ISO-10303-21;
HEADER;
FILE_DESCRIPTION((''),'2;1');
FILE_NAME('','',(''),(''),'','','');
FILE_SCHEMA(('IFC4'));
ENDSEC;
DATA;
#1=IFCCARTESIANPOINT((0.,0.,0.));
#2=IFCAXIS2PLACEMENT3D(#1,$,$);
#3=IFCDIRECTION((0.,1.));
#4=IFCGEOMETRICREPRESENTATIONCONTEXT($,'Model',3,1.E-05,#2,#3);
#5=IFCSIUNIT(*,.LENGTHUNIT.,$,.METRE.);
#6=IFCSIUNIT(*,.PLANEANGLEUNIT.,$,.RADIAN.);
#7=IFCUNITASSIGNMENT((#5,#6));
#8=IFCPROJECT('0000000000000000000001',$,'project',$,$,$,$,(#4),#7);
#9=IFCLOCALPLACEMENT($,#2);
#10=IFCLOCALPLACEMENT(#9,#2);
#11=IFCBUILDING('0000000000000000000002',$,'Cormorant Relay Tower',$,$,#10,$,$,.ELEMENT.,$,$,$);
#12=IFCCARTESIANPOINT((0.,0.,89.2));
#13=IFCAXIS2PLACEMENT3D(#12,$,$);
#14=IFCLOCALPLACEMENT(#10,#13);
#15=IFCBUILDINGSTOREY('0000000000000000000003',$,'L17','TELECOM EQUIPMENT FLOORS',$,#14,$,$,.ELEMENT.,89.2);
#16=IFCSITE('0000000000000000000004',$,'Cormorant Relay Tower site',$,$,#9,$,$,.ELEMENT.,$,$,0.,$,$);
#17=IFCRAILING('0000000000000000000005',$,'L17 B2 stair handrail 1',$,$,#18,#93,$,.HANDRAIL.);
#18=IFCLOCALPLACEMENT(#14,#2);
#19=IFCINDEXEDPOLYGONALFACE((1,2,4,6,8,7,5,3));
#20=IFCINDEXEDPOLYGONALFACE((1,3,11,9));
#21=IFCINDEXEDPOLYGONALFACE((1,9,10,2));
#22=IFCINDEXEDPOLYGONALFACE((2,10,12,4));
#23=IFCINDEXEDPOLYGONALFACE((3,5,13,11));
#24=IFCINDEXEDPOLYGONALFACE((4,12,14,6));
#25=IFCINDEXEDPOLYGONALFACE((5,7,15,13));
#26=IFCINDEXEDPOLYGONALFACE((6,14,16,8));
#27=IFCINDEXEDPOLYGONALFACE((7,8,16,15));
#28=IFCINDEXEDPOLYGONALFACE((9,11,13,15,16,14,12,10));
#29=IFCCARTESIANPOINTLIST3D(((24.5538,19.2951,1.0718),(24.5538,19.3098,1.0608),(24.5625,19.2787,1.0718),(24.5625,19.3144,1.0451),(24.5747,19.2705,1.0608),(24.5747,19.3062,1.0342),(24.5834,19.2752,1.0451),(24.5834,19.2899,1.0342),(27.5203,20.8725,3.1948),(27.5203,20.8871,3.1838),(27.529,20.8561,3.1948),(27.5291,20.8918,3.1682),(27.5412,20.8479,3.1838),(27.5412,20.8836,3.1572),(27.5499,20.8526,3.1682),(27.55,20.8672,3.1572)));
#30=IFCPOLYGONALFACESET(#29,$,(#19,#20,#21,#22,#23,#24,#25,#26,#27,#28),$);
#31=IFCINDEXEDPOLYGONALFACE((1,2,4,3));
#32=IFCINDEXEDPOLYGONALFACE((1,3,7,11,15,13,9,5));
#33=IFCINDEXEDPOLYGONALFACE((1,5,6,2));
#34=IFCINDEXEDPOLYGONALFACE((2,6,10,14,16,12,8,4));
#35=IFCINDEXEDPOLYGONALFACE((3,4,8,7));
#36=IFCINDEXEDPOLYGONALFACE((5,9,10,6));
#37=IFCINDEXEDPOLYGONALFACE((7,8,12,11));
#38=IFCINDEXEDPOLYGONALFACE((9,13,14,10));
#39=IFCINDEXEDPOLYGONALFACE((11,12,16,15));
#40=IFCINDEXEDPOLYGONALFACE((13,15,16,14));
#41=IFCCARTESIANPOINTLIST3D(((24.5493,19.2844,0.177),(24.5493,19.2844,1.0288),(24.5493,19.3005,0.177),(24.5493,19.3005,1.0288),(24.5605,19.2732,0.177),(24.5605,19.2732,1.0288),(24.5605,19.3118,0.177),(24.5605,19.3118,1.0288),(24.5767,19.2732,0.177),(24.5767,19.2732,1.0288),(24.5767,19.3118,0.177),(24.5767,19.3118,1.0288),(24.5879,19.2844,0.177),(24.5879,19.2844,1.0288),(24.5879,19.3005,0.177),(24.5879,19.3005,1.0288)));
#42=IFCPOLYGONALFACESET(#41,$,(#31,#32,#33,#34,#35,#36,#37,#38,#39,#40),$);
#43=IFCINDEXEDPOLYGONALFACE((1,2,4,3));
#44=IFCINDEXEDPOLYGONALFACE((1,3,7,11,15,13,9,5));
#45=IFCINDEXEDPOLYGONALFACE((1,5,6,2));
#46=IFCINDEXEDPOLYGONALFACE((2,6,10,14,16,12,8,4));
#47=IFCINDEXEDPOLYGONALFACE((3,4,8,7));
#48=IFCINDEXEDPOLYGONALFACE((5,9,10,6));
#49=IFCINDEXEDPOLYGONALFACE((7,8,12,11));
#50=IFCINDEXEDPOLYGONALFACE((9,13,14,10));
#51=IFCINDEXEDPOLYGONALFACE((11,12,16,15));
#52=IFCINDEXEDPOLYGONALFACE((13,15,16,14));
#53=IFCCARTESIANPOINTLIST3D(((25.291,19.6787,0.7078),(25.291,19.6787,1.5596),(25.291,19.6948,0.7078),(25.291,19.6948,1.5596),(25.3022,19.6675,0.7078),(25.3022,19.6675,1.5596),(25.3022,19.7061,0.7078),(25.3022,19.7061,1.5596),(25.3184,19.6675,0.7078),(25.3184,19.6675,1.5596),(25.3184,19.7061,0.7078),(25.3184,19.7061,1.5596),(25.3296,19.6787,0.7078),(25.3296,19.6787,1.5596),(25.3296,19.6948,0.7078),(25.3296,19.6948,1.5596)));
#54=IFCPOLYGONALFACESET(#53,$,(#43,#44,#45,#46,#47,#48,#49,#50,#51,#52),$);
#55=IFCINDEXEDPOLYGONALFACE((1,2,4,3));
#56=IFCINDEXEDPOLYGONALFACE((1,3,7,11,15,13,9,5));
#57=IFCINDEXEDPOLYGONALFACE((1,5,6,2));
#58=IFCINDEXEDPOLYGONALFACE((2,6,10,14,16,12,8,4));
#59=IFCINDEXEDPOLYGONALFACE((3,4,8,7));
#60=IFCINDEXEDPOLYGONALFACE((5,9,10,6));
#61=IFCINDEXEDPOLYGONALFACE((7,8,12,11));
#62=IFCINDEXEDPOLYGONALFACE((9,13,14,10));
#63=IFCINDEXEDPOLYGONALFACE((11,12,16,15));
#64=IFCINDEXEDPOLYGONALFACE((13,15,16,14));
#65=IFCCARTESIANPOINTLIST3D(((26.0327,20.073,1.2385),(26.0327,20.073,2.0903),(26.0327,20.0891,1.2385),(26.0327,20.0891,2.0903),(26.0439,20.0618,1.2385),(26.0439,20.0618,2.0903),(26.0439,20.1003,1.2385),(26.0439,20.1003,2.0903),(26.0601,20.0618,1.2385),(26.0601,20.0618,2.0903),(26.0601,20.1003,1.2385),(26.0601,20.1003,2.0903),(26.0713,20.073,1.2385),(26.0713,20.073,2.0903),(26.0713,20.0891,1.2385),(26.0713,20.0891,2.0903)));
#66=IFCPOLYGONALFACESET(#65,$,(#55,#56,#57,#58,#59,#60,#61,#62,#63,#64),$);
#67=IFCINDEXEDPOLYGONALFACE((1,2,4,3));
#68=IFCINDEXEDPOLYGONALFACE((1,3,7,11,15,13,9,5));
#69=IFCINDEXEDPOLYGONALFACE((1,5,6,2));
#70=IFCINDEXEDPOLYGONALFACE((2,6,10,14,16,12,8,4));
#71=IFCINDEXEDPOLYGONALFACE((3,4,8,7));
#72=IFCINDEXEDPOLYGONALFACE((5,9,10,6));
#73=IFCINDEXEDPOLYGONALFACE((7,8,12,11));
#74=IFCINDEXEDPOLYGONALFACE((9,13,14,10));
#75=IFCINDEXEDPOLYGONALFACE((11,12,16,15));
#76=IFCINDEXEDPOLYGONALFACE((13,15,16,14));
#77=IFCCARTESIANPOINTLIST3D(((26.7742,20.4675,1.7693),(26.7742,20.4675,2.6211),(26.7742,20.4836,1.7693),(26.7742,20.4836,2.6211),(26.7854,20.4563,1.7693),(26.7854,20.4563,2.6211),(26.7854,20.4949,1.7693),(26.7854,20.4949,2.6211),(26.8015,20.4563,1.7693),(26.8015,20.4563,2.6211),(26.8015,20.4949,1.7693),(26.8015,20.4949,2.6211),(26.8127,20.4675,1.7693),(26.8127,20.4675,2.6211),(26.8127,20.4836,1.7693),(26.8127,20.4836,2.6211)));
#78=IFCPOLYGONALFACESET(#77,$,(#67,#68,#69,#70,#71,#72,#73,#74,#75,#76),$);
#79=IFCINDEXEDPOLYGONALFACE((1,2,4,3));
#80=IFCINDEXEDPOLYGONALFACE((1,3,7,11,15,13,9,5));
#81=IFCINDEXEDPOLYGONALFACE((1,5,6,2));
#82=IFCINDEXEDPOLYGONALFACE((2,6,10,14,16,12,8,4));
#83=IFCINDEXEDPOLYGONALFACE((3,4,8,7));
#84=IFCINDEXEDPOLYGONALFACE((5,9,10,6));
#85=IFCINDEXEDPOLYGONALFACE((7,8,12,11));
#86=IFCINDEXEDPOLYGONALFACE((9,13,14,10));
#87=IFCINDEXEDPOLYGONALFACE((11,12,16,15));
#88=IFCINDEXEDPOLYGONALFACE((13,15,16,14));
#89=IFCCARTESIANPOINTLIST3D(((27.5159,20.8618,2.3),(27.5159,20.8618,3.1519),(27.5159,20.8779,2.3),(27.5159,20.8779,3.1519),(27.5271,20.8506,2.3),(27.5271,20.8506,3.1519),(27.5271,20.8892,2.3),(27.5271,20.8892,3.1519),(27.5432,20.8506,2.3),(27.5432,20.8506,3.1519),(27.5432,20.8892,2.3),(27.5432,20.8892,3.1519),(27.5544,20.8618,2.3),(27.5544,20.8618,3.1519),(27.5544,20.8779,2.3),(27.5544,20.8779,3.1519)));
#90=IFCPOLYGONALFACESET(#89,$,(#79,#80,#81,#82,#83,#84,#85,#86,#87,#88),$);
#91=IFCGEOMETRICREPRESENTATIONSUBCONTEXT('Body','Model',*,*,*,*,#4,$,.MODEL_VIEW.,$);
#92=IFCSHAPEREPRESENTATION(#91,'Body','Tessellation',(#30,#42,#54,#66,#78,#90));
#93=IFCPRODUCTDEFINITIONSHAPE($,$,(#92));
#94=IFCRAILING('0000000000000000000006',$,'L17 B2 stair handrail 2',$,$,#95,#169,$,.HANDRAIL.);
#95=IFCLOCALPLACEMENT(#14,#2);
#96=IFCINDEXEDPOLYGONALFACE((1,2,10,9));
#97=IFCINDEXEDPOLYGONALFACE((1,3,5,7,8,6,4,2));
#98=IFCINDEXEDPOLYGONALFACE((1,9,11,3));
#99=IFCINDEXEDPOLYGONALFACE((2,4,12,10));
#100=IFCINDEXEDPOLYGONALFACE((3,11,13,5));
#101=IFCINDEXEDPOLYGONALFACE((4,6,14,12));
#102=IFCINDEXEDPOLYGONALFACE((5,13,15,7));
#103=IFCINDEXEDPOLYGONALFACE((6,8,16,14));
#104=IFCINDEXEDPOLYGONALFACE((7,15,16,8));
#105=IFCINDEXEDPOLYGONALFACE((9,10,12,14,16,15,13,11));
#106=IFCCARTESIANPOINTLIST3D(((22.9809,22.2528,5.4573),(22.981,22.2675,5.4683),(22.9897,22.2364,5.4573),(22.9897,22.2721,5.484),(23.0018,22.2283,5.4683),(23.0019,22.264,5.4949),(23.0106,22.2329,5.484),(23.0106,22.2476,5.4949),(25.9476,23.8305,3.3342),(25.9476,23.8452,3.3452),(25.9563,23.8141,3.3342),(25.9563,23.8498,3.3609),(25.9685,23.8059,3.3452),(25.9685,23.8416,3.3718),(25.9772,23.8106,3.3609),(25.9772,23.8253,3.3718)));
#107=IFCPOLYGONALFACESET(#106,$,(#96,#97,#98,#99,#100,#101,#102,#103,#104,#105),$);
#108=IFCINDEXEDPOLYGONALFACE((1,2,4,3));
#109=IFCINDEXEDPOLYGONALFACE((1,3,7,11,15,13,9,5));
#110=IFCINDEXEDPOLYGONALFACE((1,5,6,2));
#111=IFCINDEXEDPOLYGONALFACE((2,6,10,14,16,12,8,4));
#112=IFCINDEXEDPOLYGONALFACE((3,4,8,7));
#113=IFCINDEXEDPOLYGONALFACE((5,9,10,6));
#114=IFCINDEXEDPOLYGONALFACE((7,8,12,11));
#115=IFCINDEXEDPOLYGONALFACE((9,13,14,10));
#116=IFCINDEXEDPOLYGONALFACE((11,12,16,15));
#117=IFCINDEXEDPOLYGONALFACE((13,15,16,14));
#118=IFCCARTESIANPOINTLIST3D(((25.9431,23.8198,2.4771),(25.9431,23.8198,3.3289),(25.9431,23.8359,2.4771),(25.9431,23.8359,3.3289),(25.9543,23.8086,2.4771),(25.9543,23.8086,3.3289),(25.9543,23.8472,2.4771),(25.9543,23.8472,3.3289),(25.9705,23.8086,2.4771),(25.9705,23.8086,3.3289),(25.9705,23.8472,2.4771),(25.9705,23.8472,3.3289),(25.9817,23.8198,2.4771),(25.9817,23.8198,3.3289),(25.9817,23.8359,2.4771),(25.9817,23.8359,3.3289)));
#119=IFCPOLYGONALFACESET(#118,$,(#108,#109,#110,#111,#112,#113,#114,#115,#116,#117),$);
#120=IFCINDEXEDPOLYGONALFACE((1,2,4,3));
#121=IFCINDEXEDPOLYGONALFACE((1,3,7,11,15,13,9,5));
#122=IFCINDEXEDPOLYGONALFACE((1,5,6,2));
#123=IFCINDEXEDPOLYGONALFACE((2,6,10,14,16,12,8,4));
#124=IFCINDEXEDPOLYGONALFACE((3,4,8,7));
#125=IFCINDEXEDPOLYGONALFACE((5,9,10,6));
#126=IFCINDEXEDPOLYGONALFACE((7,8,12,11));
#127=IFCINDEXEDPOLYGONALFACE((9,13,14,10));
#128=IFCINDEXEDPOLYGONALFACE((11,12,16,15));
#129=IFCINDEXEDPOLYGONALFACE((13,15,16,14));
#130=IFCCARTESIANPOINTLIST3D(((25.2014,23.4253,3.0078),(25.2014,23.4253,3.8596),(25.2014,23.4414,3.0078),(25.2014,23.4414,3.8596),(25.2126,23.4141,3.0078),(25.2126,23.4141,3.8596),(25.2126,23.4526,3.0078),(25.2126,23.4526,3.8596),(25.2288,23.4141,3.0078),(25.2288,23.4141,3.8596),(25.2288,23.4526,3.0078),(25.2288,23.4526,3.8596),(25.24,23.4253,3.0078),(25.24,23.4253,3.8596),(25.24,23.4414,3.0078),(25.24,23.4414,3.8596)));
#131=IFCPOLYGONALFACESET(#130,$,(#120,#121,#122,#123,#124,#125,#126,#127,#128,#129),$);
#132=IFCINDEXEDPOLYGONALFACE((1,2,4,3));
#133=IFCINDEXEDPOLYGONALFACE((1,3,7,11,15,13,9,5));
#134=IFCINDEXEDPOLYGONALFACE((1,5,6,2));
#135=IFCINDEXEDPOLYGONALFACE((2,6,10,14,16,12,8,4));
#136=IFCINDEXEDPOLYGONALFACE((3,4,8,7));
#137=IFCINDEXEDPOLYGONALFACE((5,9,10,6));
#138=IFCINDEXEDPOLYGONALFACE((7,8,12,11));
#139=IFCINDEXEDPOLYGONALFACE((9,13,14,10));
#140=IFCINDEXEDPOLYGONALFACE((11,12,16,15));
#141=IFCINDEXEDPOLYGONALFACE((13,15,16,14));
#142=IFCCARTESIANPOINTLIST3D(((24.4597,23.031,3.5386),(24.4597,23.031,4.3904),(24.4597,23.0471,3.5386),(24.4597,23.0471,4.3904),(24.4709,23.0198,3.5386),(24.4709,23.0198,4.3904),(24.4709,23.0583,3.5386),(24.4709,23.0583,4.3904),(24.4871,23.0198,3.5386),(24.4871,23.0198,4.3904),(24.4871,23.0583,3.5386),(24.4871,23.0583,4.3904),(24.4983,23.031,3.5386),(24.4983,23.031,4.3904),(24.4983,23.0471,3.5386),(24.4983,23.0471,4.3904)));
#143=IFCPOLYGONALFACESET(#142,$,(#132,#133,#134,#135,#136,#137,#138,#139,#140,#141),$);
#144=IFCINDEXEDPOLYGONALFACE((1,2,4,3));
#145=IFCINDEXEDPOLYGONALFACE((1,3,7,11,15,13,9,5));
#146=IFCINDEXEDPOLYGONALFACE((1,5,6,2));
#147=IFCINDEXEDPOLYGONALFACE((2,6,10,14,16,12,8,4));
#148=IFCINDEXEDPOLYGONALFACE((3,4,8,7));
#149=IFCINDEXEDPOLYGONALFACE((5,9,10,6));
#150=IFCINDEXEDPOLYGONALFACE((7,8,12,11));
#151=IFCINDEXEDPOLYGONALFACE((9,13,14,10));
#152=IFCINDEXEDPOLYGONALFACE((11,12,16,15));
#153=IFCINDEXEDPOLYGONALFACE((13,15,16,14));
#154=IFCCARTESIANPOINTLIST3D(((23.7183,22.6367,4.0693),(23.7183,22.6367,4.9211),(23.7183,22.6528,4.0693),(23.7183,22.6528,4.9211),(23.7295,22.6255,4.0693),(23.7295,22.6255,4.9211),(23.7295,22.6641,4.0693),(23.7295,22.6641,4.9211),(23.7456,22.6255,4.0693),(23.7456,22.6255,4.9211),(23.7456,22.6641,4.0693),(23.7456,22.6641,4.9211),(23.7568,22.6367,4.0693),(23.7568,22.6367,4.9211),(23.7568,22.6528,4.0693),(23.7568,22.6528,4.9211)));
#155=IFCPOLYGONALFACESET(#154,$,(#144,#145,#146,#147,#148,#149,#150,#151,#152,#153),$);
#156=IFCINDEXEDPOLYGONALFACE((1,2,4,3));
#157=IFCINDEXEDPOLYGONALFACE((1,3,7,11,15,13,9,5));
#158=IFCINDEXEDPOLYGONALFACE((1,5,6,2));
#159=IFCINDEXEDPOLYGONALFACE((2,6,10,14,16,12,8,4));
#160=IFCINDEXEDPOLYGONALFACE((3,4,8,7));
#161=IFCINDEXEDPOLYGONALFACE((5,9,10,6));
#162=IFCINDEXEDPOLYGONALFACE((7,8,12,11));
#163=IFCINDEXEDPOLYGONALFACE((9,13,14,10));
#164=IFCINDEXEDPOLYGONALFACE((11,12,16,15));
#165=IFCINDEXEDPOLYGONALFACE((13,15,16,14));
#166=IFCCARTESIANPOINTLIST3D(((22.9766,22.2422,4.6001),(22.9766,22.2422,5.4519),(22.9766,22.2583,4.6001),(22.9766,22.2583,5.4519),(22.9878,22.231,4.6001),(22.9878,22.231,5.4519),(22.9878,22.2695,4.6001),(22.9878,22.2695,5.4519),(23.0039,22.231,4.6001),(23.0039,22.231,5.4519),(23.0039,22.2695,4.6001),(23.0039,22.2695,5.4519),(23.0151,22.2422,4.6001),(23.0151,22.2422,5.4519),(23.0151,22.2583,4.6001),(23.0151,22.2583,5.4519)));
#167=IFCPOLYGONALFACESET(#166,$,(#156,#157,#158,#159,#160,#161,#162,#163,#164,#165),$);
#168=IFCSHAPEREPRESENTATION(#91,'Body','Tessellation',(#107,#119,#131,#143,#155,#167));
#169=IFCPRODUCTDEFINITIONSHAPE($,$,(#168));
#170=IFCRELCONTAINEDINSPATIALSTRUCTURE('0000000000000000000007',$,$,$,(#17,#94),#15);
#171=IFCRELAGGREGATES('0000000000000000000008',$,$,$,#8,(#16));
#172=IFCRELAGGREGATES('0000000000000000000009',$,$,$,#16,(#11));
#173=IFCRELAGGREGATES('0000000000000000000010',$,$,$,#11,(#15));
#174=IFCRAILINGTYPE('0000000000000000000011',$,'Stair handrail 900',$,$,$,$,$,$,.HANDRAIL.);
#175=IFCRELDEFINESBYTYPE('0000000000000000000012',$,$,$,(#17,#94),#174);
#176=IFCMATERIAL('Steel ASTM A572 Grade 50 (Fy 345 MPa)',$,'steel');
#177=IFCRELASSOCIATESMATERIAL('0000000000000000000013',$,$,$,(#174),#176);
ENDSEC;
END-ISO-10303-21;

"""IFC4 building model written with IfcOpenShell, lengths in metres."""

from ifc_helpers import new_model, si_unit, direction, frame, origin, place, context, subcontext, project, spatial, polyline, outline, extrude, material, type_object, element, save


model = new_model("IFC4")

# Units and contexts
model_context = context("Model", 3, precision=1e-05, world=origin(), true_north=direction((0.0, 1.0)))
body_context = subcontext(model_context, "Body", "Model", "MODEL_VIEW")
ifc_project = project(units=[si_unit("LENGTHUNIT", "METRE"), si_unit("PLANEANGLEUNIT", "RADIAN")], contexts=[model_context])

# Site, building, storey
site_placement = place(None, origin())
site = spatial("IfcSite", under=ifc_project, at=site_placement, Name="Cormorant Relay Tower site", CompositionType="ELEMENT", RefElevation=0.0)
building_placement = place(site_placement, origin())
building = spatial("IfcBuilding", under=site, at=building_placement, Name="Cormorant Relay Tower", CompositionType="ELEMENT")
storey_placement = place(building_placement, frame((0.0, 0.0, 89.2)))
storey = spatial("IfcBuildingStorey", under=building, at=storey_placement, Name="L17", Description="TELECOM EQUIPMENT FLOORS", CompositionType="ELEMENT", Elevation=89.2)

# Railings
ifc_material_1 = material(Name="Steel ASTM A572 Grade 50 (Fy 345 MPa)", Category="steel")
railing_type_1 = type_object("IfcRailingType", Name="Stair handrail 900", PredefinedType="HANDRAIL", material=ifc_material_1)
railing_1_placement = place(storey_placement, frame((24.5686, 19.2925, 0.177)))
element("IfcRailing", 1, at=railing_1_placement, inside=storey, type_object=railing_type_1, Name="L17 B2 stair handrail 1", PredefinedType="HANDRAIL", context=body_context, shape_type="SweptSolid", body=[
    extrude(outline(polyline([(0.0222, 0.0093), (0.0093, 0.0222), (-0.0093, 0.0222), (-0.0222, 0.0093), (-0.0222, -0.0093), (-0.0093, -0.0222), (0.0093, -0.0222), (0.0222, -0.0093), (0.0222, 0.0093)])), frame((0.0, 0.0, 0.876), z_axis=(0.746413, 0.396887, 0.534179), x_axis=(-0.469483, 0.882942, 0.0)), (0.0, 0.0, 1.0), 3.9744),
    extrude(outline(polyline([(0.0193, 0.0081), (0.0081, 0.0193), (-0.0081, 0.0193), (-0.0193, 0.0081), (-0.0193, -0.0081), (-0.0081, -0.0193), (0.0081, -0.0193), (0.0193, -0.0081), (0.0193, 0.0081)])), origin(), (0.0, 0.0, 1.0), 0.8518),
    extrude(outline(polyline([(0.0193, 0.0081), (0.0081, 0.0193), (-0.0081, 0.0193), (-0.0193, 0.0081), (-0.0193, -0.0081), (-0.0081, -0.0193), (0.0081, -0.0193), (0.0193, -0.0081), (0.0193, 0.0081)])), frame((0.7417, 0.3943, 0.5308)), (0.0, 0.0, 1.0), 0.8518),
    extrude(outline(polyline([(0.0193, 0.0081), (0.0081, 0.0193), (-0.0081, 0.0193), (-0.0193, 0.0081), (-0.0193, -0.0081), (-0.0081, -0.0193), (0.0081, -0.0193), (0.0193, -0.0081), (0.0193, 0.0081)])), frame((1.4834, 0.7886, 1.0615)), (0.0, 0.0, 1.0), 0.8518),
    extrude(outline(polyline([(0.0193, 0.0081), (0.0081, 0.0193), (-0.0081, 0.0193), (-0.0193, 0.0081), (-0.0193, -0.0081), (-0.0081, -0.0193), (0.0081, -0.0193), (0.0193, -0.0081), (0.0193, 0.0081)])), frame((2.2249, 1.1831, 1.5923)), (0.0, 0.0, 1.0), 0.8518),
    extrude(outline(polyline([(0.0193, 0.0081), (0.0081, 0.0193), (-0.0081, 0.0193), (-0.0193, 0.0081), (-0.0193, -0.0081), (-0.0081, -0.0193), (0.0081, -0.0193), (0.0193, -0.0081), (0.0193, 0.0081)])), frame((2.9666, 1.5774, 2.123)), (0.0, 0.0, 1.0), 0.8518),
])
railing_2_placement = place(storey_placement, frame((25.9624, 23.8279, 2.4771)))
element("IfcRailing", 2, at=railing_2_placement, inside=storey, type_object=railing_type_1, Name="L17 B2 stair handrail 2", PredefinedType="HANDRAIL", context=body_context, shape_type="SweptSolid", body=[
    extrude(outline(polyline([(0.0222, 0.0093), (0.0093, 0.0222), (-0.0093, 0.0222), (-0.0222, 0.0093), (-0.0222, -0.0093), (-0.0093, -0.0222), (0.0093, -0.0222), (0.0222, -0.0093), (0.0222, 0.0093)])), frame((0.0, 0.0, 0.876), z_axis=(-0.746395, -0.396939, 0.534166), x_axis=(0.469539, -0.882911, 0.0)), (0.0, 0.0, 1.0), 3.9746),
    extrude(outline(polyline([(0.0193, 0.0081), (0.0081, 0.0193), (-0.0081, 0.0193), (-0.0193, 0.0081), (-0.0193, -0.0081), (-0.0081, -0.0193), (0.0081, -0.0193), (0.0193, -0.0081), (0.0193, 0.0081)])), origin(), (0.0, 0.0, 1.0), 0.8518),
    extrude(outline(polyline([(0.0193, 0.0081), (0.0081, 0.0193), (-0.0081, 0.0193), (-0.0193, 0.0081), (-0.0193, -0.0081), (-0.0081, -0.0193), (0.0081, -0.0193), (0.0193, -0.0081), (0.0193, 0.0081)])), frame((-0.7417, -0.3945, 0.5308)), (0.0, 0.0, 1.0), 0.8518),
    extrude(outline(polyline([(0.0193, 0.0081), (0.0081, 0.0193), (-0.0081, 0.0193), (-0.0193, 0.0081), (-0.0193, -0.0081), (-0.0081, -0.0193), (0.0081, -0.0193), (0.0193, -0.0081), (0.0193, 0.0081)])), frame((-1.4834, -0.7888, 1.0615)), (0.0, 0.0, 1.0), 0.8518),
    extrude(outline(polyline([(0.0193, 0.0081), (0.0081, 0.0193), (-0.0081, 0.0193), (-0.0193, 0.0081), (-0.0193, -0.0081), (-0.0081, -0.0193), (0.0081, -0.0193), (0.0193, -0.0081), (0.0193, 0.0081)])), frame((-2.2249, -1.1831, 1.5923)), (0.0, 0.0, 1.0), 0.8518),
    extrude(outline(polyline([(0.0193, 0.0081), (0.0081, 0.0193), (-0.0081, 0.0193), (-0.0193, 0.0081), (-0.0193, -0.0081), (-0.0081, -0.0193), (0.0081, -0.0193), (0.0193, -0.0081), (0.0193, 0.0081)])), frame((-2.9666, -1.5776, 2.123)), (0.0, 0.0, 1.0), 0.8518),
])

save(model, "model.ifc")
